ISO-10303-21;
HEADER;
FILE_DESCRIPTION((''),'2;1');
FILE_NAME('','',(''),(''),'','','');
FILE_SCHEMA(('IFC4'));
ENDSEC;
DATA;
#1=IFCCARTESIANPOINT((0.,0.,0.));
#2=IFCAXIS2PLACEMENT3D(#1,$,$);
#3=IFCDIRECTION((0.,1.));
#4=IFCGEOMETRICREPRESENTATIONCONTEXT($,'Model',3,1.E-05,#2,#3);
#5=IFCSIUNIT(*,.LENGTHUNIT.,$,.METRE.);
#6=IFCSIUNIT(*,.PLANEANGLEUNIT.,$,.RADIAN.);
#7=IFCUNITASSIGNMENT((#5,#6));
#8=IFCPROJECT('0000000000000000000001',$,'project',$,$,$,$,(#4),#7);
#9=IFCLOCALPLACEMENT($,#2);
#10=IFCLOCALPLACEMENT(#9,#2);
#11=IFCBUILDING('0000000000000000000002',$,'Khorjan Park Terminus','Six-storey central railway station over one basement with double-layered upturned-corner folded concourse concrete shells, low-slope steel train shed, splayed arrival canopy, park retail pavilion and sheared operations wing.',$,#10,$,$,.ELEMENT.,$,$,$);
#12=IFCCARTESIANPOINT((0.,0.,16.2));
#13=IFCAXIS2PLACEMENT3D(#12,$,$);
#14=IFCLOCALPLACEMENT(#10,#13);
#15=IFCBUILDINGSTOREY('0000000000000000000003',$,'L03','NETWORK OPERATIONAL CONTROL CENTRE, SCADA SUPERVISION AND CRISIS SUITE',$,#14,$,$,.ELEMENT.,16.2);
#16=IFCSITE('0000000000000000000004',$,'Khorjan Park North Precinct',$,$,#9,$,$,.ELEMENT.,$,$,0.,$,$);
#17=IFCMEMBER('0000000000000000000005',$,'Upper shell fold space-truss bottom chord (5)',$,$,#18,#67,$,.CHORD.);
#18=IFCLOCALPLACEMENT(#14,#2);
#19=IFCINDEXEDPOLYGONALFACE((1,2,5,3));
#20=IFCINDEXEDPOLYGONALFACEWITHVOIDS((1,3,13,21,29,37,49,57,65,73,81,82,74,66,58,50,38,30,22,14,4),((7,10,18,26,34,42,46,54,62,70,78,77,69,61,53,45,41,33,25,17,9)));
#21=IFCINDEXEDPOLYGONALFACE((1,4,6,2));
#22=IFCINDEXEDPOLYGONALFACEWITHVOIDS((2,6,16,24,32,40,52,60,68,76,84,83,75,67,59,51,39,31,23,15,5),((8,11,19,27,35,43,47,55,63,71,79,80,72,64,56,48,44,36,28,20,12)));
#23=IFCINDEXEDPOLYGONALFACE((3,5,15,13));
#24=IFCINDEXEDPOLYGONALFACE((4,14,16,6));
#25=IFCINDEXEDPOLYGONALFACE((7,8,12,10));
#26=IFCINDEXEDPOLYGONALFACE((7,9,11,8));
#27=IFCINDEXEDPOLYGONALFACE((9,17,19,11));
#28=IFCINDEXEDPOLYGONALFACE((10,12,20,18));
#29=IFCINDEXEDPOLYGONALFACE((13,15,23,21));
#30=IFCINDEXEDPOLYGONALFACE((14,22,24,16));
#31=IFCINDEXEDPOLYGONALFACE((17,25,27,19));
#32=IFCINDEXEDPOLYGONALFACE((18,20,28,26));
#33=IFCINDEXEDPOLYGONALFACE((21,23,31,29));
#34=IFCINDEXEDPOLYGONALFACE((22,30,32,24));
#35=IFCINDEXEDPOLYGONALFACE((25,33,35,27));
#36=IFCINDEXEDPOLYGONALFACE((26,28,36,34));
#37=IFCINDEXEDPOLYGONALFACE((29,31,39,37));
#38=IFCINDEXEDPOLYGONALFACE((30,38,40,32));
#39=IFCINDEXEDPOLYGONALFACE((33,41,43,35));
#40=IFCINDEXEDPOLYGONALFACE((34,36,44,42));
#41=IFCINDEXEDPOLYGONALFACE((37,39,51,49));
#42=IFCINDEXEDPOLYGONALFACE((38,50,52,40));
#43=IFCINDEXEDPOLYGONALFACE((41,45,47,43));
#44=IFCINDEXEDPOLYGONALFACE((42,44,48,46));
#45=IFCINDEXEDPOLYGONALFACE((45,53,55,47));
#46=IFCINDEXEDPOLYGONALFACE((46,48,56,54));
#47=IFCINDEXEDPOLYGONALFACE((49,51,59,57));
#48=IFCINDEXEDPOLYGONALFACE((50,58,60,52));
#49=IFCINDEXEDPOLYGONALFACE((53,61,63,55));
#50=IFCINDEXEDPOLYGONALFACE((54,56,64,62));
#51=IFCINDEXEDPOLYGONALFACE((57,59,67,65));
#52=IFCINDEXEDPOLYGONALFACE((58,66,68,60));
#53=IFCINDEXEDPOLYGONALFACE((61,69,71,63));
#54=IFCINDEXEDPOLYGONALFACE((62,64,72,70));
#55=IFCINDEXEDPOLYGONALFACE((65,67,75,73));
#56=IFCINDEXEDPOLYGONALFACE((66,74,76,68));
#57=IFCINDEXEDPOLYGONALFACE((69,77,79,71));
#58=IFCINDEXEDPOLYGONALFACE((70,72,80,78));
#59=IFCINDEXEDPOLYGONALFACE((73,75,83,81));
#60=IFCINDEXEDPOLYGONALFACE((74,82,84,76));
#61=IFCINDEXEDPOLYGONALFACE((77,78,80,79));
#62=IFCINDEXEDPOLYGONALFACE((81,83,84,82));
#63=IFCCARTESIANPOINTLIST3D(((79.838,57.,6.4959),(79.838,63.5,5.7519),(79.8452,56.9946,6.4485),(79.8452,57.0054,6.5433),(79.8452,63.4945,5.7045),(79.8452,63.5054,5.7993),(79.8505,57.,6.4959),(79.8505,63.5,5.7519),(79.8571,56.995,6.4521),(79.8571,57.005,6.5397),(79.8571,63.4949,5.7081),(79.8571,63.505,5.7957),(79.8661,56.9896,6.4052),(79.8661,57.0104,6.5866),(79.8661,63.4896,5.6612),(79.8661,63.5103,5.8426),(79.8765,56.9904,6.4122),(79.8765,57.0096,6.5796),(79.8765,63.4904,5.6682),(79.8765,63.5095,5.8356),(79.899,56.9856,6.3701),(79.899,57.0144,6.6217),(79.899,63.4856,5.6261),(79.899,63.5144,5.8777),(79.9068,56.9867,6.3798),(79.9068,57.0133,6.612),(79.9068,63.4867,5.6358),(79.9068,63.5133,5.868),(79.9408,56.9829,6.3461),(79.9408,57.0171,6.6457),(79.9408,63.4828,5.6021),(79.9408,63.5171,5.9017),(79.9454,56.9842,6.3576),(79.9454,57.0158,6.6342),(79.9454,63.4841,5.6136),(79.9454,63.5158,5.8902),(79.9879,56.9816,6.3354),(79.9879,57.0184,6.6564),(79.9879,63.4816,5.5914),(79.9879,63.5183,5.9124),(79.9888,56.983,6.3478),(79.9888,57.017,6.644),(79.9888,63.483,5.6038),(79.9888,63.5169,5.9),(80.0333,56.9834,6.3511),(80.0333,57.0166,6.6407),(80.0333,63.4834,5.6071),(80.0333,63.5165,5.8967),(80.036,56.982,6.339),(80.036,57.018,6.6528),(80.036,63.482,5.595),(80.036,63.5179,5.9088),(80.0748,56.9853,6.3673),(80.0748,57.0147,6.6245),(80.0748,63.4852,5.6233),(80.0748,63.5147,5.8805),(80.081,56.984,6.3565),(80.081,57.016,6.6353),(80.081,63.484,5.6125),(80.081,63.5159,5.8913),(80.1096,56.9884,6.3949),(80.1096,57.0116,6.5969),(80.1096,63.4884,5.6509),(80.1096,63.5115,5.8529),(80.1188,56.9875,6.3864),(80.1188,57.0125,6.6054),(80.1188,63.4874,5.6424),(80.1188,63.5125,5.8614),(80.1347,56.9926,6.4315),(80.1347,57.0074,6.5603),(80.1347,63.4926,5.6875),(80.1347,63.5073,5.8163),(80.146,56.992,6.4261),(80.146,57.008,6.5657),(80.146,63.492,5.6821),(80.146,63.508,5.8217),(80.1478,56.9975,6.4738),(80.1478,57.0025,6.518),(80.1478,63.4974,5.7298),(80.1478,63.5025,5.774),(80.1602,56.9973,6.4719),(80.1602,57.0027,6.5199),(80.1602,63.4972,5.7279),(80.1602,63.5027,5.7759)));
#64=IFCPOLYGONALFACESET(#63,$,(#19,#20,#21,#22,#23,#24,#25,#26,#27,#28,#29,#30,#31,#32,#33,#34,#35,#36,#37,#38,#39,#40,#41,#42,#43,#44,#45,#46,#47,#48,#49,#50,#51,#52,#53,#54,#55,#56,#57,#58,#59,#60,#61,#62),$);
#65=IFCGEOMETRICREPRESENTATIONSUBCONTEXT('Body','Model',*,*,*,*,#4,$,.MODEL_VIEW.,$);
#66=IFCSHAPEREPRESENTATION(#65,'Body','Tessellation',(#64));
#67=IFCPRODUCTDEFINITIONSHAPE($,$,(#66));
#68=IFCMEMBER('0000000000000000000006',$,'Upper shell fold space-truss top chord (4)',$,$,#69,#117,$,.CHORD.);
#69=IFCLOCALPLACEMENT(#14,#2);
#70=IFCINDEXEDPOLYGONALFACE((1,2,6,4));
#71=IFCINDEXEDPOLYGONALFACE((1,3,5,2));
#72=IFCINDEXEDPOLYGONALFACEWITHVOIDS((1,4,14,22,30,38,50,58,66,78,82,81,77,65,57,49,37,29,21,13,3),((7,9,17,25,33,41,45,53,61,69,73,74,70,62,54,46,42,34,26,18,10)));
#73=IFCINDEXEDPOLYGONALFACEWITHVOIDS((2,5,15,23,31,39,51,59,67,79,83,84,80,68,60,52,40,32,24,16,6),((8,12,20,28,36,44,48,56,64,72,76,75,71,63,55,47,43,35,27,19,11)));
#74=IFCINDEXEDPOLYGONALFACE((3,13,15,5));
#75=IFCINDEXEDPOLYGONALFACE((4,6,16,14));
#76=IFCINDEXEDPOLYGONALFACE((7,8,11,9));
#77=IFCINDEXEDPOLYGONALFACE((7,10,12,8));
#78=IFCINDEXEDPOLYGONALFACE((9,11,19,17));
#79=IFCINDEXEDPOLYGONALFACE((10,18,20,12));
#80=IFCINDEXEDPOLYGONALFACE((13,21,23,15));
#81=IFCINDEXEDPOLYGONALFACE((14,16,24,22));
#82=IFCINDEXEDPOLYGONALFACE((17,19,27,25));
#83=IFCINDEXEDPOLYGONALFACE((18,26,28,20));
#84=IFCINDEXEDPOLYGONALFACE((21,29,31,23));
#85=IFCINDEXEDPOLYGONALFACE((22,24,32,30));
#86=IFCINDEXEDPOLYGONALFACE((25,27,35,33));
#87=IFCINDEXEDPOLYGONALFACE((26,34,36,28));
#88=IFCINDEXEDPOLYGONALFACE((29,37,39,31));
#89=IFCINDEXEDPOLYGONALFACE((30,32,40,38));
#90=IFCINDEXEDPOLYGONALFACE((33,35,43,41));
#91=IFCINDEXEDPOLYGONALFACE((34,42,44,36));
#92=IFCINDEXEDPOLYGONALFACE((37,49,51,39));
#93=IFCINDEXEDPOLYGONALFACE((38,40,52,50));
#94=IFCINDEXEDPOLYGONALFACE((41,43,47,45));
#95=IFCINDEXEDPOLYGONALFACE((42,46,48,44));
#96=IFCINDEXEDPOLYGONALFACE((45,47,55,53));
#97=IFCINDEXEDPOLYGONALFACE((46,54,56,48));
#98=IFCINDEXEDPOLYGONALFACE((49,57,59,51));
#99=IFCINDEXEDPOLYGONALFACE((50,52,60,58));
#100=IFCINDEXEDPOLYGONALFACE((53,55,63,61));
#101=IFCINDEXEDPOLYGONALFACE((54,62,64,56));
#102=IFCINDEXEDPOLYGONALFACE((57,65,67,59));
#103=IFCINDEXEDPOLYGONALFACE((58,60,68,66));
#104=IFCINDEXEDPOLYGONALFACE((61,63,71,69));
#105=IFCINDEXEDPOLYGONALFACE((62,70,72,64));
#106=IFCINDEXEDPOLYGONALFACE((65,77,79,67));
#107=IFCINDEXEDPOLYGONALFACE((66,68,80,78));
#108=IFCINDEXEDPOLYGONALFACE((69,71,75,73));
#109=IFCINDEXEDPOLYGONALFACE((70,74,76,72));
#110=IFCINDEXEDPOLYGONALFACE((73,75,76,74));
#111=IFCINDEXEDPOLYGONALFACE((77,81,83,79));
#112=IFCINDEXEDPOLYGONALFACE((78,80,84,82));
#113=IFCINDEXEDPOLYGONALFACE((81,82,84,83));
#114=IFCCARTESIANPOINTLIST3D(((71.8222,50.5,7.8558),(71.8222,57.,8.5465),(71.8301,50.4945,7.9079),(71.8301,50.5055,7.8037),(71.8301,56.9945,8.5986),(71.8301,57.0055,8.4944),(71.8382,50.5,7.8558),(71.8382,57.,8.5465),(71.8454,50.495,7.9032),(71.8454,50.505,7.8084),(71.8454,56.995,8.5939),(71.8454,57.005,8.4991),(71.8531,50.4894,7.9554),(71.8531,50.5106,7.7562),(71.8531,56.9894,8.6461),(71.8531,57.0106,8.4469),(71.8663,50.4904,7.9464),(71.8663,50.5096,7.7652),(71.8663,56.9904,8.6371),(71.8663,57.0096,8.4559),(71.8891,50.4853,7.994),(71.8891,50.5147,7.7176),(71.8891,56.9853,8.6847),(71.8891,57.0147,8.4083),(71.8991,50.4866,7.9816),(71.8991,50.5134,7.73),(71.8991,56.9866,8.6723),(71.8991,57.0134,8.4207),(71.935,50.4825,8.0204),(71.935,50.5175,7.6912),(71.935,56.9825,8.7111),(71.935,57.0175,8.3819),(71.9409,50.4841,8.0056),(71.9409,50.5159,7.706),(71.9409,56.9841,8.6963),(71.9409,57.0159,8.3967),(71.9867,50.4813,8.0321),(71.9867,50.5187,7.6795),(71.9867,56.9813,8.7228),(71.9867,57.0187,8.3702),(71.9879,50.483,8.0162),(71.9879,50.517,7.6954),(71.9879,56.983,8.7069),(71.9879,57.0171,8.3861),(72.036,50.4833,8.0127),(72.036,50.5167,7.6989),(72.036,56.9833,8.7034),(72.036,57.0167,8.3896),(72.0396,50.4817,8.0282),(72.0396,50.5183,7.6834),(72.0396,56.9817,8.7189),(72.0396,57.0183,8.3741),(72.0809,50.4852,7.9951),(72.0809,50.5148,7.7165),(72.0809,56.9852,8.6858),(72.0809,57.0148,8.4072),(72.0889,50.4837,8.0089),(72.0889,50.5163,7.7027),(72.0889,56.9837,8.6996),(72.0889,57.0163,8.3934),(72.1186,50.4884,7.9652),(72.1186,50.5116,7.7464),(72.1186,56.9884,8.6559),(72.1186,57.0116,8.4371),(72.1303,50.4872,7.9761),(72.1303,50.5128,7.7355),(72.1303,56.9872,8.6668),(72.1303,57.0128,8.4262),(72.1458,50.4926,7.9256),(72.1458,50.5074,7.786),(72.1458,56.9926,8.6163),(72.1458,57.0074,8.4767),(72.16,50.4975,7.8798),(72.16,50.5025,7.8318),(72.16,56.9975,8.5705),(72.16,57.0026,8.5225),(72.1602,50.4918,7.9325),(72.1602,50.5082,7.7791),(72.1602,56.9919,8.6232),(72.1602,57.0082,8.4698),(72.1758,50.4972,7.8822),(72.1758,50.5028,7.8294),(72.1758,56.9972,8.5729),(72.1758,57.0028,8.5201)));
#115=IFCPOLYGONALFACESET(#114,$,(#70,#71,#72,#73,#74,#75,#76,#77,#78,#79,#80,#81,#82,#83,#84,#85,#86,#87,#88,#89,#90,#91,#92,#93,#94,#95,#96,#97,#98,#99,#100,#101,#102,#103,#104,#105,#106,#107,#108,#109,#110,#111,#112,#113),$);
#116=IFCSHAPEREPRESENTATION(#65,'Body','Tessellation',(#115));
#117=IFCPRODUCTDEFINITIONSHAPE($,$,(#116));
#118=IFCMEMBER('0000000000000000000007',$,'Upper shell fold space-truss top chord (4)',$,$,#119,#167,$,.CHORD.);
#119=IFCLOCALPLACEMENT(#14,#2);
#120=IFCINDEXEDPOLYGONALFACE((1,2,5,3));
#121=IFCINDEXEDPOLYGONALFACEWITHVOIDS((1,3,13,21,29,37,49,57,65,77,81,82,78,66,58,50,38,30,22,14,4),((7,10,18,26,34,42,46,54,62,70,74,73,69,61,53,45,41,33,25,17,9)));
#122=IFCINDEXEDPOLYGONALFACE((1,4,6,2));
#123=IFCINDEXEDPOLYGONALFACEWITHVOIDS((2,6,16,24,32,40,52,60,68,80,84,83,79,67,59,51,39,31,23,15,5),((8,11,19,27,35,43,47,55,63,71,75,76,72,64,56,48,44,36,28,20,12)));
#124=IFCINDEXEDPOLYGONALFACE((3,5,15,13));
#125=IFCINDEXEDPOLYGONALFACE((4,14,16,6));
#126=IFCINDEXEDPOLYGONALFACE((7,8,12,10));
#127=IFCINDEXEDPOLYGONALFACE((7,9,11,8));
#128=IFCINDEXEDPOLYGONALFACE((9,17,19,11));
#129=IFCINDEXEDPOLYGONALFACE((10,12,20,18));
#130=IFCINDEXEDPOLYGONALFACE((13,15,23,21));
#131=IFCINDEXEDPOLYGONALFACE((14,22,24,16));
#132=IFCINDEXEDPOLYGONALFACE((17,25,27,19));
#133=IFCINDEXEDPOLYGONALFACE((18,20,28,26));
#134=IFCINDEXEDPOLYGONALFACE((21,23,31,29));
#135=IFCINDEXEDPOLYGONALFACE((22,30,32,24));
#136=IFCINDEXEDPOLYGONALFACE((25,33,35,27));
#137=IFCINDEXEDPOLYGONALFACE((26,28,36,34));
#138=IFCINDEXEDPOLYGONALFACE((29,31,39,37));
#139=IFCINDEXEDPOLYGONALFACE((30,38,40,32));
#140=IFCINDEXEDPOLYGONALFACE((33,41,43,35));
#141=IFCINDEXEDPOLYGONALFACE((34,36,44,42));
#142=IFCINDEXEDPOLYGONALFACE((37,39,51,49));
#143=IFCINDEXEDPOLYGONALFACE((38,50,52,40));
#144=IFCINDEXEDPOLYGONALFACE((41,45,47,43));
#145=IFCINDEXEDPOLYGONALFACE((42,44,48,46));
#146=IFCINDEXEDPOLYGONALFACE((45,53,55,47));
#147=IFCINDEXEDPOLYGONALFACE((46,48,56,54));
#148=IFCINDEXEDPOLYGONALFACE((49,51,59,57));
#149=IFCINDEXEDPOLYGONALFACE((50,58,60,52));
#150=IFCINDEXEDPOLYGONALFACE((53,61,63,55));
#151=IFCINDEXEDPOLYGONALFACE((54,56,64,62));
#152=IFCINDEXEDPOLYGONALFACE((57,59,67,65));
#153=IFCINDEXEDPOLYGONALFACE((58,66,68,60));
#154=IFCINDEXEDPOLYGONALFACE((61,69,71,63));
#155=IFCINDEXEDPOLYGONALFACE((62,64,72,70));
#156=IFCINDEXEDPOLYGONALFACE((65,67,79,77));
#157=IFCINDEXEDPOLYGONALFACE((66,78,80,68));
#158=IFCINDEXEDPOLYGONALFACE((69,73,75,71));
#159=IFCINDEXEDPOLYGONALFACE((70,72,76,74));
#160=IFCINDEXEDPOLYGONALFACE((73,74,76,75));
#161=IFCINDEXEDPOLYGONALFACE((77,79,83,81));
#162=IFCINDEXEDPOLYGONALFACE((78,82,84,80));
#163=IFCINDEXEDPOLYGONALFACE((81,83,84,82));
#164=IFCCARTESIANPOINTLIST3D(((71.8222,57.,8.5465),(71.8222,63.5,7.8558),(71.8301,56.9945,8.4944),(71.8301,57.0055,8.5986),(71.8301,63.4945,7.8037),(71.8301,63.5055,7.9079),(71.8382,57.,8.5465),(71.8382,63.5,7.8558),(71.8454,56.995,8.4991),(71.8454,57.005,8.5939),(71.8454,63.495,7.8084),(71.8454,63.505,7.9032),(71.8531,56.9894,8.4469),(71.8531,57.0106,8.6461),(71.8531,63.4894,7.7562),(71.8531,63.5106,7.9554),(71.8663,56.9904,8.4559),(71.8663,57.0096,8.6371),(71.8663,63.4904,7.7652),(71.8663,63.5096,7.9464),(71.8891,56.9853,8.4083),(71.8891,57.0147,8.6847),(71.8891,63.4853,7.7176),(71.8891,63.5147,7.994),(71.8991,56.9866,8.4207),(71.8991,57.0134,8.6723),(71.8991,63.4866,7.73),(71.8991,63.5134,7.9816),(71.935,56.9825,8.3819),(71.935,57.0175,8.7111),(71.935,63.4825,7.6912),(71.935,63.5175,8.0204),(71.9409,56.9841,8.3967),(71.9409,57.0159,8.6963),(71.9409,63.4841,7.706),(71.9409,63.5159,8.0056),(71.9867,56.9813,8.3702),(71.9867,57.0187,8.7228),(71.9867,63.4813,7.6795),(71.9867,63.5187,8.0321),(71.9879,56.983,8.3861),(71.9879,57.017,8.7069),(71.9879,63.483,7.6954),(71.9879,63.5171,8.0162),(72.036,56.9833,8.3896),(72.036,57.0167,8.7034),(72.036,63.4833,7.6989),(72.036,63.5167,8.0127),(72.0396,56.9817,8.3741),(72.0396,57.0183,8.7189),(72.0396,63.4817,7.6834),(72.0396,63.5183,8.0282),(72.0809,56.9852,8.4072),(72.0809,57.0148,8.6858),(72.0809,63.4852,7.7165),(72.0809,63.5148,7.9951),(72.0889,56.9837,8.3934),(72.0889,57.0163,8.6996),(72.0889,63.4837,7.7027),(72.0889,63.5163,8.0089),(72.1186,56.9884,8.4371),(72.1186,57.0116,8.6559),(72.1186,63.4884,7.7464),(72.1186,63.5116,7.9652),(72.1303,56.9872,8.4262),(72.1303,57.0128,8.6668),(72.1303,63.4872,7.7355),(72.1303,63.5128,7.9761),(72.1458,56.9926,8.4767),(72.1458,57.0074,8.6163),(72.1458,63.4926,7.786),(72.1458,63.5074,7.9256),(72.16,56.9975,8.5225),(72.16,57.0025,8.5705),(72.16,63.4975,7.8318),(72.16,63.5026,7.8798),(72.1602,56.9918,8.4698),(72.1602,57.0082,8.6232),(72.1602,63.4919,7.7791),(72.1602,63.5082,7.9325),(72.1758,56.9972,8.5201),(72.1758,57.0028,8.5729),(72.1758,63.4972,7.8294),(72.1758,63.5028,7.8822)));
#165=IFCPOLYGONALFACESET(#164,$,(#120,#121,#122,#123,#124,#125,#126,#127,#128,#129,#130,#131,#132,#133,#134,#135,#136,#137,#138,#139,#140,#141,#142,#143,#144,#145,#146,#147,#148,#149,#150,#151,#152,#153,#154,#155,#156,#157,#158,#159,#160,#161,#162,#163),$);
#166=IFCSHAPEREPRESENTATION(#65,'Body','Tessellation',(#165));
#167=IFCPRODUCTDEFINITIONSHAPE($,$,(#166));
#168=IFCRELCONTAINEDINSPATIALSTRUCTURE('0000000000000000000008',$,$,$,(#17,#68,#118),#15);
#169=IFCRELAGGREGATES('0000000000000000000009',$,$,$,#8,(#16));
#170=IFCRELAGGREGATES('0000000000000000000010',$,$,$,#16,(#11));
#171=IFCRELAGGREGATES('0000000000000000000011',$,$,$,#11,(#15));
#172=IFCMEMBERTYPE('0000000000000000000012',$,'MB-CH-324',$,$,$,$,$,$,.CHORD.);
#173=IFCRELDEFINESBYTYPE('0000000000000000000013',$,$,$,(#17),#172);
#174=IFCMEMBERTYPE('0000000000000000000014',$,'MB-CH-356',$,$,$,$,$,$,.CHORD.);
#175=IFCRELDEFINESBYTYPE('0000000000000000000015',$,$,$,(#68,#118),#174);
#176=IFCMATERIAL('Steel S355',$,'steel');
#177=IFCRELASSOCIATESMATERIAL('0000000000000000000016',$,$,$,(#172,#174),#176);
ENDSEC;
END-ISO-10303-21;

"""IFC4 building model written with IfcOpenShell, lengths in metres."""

from ifc_helpers import new_model, si_unit, direction, frame, origin, origin_2d, place, context, subcontext, project, spatial, hollow_circle, extrude, material, material_profile, profile_set, type_object, element, save


model = new_model("IFC4")

# Units and contexts
model_context = context("Model", 3, precision=1e-05, world=origin(), true_north=direction((0.0, 1.0)))
body_context = subcontext(model_context, "Body", "Model", "MODEL_VIEW")
ifc_project = project(units=[si_unit("LENGTHUNIT", "METRE"), si_unit("PLANEANGLEUNIT", "RADIAN")], contexts=[model_context])

# Site, building, storey
site_placement = place(None, origin())
site = spatial("IfcSite", under=ifc_project, at=site_placement, Name="Khorjan Park North Precinct", CompositionType="ELEMENT", RefElevation=0.0)
building_placement = place(site_placement, origin())
building = spatial("IfcBuilding", under=site, at=building_placement, Name="Khorjan Park Terminus", Description="Six-storey central railway station over one basement with double-layered upturned-corner folded concourse concrete shells, low-slope steel train shed, splayed arrival canopy, park retail pavilion and sheared operations wing.", CompositionType="ELEMENT")
storey_placement = place(building_placement, frame((0.0, 0.0, 16.2)))
storey = spatial("IfcBuildingStorey", under=building, at=storey_placement, Name="L03", Description="NETWORK OPERATIONAL CONTROL CENTRE, SCADA SUPERVISION AND CRISIS SUITE", CompositionType="ELEMENT", Elevation=16.2)

# Members
ifc_material = material(Name="Steel S355", Category="steel")
ifc_material_profile_1 = material_profile(ifc_material, hollow_circle(Radius=0.162, WallThickness=0.0125, at=origin_2d()), Name="CHS 323.9x12.5")
ifc_profile_set_1 = profile_set([ifc_material_profile_1], Name="Steel S355")
member_type_1 = type_object("IfcMemberType", Name="MB-CH-324", PredefinedType="CHORD", material=ifc_profile_set_1)
for number, where, z_axis, x_axis, name in (
    (1, (80.0, 57.0, 6.4959), (0.0, 0.993513, -0.113719), (-1.0, 0.0, 0.0), "Upper shell fold space-truss bottom chord (5)"),
):
    element("IfcMember", number, at=place(storey_placement, frame(where, z_axis=z_axis, x_axis=x_axis)), inside=storey, type_object=member_type_1, Name=name, PredefinedType="CHORD", context=body_context, shape_type="SweptSolid", body=[
        extrude(hollow_circle(Radius=0.162, WallThickness=0.0125, at=origin_2d()), origin(), (0.0, 0.0, 1.0), 6.5424),
    ])
ifc_material_profile_2 = material_profile(ifc_material, hollow_circle(Radius=0.1778, WallThickness=0.016, at=origin_2d()), Name="CHS 355.6x16")
ifc_profile_set_2 = profile_set([ifc_material_profile_2], Name="Steel S355")
member_type_2 = type_object("IfcMemberType", Name="MB-CH-356", PredefinedType="CHORD", material=ifc_profile_set_2)
for number, where, z_axis, x_axis, name in (
    (2, (72.0, 50.5, 7.8558), (0.0, 0.994402, 0.105667), (-1.0, 0.0, 0.0), "Upper shell fold space-truss top chord (4)"),
    (3, (72.0, 57.0, 8.5465), (0.0, 0.994402, -0.105667), (-1.0, 0.0, 0.0), "Upper shell fold space-truss top chord (4)"),
):
    element("IfcMember", number, at=place(storey_placement, frame(where, z_axis=z_axis, x_axis=x_axis)), inside=storey, type_object=member_type_2, Name=name, PredefinedType="CHORD", context=body_context, shape_type="SweptSolid", body=[
        extrude(hollow_circle(Radius=0.1778, WallThickness=0.016, at=origin_2d()), origin(), (0.0, 0.0, 1.0), 6.5366),
    ])

save(model, "model.ifc")
